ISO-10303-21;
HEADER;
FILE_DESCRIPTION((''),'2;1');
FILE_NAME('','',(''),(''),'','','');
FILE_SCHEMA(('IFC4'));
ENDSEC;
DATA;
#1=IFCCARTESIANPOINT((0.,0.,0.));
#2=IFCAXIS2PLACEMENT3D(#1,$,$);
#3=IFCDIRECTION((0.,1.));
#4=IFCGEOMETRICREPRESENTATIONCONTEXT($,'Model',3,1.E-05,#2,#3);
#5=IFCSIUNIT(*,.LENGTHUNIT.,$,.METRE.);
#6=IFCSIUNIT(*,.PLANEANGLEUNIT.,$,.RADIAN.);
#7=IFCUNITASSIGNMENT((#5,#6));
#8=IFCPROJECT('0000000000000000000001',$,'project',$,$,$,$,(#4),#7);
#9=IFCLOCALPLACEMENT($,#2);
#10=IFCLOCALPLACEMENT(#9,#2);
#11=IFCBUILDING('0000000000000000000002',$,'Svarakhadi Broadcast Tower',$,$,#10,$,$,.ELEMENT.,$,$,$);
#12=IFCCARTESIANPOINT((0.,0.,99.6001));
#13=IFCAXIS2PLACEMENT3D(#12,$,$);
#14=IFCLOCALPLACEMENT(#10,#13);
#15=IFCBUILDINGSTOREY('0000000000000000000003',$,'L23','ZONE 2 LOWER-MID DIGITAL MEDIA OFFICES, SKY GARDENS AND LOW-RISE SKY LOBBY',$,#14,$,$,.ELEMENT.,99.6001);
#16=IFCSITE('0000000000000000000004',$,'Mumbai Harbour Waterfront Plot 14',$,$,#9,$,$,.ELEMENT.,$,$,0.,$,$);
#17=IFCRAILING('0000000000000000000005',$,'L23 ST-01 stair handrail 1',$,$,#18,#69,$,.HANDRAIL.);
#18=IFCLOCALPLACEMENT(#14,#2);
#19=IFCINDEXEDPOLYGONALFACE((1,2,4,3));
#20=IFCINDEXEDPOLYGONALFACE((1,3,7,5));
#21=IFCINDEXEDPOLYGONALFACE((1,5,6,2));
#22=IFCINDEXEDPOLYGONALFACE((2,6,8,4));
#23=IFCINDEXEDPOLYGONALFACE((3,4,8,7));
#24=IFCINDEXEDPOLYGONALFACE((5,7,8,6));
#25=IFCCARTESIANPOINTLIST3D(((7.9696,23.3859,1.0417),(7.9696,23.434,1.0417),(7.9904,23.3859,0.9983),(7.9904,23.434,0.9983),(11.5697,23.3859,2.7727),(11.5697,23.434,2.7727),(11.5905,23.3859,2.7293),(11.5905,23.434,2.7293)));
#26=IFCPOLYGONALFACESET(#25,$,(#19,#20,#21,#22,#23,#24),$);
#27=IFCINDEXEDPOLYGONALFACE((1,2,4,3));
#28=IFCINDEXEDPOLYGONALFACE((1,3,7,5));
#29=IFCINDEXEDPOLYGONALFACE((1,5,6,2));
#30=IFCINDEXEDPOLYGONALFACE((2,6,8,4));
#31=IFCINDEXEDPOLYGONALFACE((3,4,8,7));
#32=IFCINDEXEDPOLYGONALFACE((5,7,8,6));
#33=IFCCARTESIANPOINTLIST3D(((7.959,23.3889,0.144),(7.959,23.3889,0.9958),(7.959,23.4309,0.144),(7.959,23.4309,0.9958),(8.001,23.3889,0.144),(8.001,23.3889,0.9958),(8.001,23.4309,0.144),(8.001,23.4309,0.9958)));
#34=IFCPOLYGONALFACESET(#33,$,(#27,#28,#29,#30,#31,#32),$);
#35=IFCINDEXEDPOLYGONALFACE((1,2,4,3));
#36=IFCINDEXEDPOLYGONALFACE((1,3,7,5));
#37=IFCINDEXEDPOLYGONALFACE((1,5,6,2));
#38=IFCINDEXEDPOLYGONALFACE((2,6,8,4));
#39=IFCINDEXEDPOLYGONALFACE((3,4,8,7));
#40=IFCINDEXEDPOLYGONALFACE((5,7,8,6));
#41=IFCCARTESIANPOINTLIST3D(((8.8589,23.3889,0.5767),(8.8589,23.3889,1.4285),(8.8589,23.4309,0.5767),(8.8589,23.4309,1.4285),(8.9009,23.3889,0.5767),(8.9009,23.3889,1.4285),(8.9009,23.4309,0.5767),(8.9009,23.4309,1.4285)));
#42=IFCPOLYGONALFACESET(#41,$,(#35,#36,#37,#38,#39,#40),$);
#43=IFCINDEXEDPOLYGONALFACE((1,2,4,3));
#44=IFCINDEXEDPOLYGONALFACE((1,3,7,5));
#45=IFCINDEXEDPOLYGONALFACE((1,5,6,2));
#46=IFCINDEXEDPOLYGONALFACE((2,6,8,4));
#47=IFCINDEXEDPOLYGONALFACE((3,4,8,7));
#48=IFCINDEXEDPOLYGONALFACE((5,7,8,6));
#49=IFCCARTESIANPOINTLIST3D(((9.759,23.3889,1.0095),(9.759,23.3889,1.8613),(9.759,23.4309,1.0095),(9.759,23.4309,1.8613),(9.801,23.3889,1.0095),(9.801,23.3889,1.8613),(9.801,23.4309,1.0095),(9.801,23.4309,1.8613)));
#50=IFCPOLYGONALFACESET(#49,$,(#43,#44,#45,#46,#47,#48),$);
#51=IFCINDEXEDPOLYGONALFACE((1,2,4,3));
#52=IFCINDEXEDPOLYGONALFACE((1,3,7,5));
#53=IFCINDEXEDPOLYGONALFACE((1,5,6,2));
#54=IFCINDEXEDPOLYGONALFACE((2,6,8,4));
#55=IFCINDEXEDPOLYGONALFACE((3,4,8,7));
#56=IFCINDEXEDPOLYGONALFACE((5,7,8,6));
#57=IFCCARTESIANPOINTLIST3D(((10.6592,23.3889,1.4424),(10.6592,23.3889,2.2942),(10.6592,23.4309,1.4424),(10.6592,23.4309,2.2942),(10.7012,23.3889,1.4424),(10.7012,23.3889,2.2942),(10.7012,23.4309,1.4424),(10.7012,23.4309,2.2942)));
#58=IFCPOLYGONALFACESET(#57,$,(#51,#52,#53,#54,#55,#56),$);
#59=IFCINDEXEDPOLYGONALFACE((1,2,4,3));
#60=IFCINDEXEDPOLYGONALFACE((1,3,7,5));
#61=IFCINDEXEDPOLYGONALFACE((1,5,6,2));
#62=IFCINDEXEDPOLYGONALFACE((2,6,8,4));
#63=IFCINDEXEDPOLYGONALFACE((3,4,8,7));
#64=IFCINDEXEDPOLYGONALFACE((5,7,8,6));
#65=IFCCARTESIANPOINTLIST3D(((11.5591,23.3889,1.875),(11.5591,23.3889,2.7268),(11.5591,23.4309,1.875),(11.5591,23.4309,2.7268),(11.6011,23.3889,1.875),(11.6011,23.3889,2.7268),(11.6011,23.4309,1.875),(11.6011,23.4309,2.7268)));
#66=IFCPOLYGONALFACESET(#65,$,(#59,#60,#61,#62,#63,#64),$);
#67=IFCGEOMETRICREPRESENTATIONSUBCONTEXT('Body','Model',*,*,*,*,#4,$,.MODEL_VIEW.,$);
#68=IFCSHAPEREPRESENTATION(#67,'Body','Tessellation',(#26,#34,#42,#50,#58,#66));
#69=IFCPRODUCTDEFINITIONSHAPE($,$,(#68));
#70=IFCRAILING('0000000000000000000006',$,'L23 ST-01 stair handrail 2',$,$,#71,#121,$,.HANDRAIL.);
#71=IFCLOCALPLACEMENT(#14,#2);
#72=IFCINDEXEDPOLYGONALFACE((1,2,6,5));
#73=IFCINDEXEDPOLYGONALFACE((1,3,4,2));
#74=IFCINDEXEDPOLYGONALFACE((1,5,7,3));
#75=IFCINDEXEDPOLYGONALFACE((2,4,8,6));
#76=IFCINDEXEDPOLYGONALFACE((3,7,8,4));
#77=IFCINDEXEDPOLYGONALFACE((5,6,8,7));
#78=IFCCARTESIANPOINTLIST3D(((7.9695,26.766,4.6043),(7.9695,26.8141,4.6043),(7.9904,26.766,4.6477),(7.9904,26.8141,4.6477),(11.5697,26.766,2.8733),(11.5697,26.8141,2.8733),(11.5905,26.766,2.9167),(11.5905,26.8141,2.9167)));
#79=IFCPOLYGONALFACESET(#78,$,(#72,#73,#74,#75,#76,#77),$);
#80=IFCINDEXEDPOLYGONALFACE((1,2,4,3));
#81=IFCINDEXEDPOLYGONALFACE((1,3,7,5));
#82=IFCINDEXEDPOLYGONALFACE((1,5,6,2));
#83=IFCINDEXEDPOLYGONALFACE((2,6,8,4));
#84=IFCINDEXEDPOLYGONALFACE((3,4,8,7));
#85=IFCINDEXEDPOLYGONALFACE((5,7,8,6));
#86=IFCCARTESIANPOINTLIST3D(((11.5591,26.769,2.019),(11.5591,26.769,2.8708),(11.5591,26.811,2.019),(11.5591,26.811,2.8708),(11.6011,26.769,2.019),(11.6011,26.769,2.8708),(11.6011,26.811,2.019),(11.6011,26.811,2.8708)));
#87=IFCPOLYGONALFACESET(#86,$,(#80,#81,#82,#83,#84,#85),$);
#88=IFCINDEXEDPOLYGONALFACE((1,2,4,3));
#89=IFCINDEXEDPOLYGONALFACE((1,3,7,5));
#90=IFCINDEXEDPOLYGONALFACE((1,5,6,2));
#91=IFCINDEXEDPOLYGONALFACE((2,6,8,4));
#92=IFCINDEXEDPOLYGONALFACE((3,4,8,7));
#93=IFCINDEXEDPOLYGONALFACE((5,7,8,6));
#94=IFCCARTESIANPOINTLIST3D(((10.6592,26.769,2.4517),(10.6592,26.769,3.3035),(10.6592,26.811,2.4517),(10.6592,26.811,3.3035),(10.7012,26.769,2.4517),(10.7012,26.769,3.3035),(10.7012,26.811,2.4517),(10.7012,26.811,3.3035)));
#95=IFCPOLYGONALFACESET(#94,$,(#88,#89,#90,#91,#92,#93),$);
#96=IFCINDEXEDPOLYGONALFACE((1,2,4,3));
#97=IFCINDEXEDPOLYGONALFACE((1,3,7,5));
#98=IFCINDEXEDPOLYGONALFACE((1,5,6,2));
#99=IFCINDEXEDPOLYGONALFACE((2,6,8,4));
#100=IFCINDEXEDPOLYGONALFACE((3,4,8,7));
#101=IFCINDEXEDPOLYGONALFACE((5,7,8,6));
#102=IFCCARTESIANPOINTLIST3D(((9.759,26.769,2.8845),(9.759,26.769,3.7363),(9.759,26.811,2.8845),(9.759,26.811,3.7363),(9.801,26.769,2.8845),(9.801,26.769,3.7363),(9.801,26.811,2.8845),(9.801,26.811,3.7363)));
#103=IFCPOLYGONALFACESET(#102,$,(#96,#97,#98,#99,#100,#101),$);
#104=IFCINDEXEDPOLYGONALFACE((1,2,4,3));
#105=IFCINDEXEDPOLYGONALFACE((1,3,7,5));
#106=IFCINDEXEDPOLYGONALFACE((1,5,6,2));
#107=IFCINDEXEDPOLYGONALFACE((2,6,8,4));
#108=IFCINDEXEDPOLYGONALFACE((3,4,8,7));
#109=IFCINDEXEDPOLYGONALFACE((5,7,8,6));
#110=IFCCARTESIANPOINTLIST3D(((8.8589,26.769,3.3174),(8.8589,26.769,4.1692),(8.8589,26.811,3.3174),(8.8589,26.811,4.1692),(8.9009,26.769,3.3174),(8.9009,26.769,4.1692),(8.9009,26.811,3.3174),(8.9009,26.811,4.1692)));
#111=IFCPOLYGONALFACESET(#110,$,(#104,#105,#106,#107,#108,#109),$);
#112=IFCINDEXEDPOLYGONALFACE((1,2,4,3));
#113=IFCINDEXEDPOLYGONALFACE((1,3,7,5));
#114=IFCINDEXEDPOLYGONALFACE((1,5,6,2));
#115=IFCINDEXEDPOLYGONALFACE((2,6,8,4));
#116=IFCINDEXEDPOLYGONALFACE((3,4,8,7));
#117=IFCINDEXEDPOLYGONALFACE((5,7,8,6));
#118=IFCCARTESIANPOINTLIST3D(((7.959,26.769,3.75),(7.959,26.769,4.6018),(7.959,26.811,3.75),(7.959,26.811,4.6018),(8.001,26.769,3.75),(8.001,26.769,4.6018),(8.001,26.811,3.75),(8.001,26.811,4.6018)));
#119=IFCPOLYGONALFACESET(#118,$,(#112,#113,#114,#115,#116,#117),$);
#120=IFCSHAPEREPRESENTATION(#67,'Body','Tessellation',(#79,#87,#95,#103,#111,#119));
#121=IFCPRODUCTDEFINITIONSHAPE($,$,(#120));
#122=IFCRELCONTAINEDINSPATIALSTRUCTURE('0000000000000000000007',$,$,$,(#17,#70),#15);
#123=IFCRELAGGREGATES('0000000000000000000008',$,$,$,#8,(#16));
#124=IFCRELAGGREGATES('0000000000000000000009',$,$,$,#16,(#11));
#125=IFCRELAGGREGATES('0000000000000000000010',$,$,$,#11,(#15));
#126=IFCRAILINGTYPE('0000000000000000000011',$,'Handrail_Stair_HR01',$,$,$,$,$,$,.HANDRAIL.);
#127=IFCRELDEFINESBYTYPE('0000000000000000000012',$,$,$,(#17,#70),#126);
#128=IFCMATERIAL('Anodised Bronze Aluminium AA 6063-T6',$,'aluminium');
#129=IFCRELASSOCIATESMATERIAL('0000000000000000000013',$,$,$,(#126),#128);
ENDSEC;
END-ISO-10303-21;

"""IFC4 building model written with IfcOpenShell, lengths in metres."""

from ifc_helpers import new_model, si_unit, direction, frame, origin, origin_2d, place, context, subcontext, project, spatial, rectangle, extrude, material, type_object, element, save


model = new_model("IFC4")

# Units and contexts
model_context = context("Model", 3, precision=1e-05, world=origin(), true_north=direction((0.0, 1.0)))
body_context = subcontext(model_context, "Body", "Model", "MODEL_VIEW")
ifc_project = project(units=[si_unit("LENGTHUNIT", "METRE"), si_unit("PLANEANGLEUNIT", "RADIAN")], contexts=[model_context])

# Site, building, storey
site_placement = place(None, origin())
site = spatial("IfcSite", under=ifc_project, at=site_placement, Name="Mumbai Harbour Waterfront Plot 14", CompositionType="ELEMENT", RefElevation=0.0)
building_placement = place(site_placement, origin())
building = spatial("IfcBuilding", under=site, at=building_placement, Name="Svarakhadi Broadcast Tower", CompositionType="ELEMENT")
storey_placement = place(building_placement, frame((0.0, 0.0, 99.6001)))
storey = spatial("IfcBuildingStorey", under=building, at=storey_placement, Name="L23", Description="ZONE 2 LOWER-MID DIGITAL MEDIA OFFICES, SKY GARDENS AND LOW-RISE SKY LOBBY", CompositionType="ELEMENT", Elevation=99.6001)

# Railings
ifc_material_1 = material(Name="Anodised Bronze Aluminium AA 6063-T6", Category="aluminium")
railing_type_1 = type_object("IfcRailingType", Name="Handrail_Stair_HR01", PredefinedType="HANDRAIL", material=ifc_material_1)
railing_1_placement = place(storey_placement, frame((7.98, 23.4099, 0.144)))
element("IfcRailing", 1, at=railing_1_placement, inside=storey, type_object=railing_type_1, Name="L23 ST-01 stair handrail 1", PredefinedType="HANDRAIL", context=body_context, shape_type="SweptSolid", body=[
    extrude(rectangle(XDim=0.0481, YDim=0.0481, at=origin_2d()), frame((0.0, 0.0, 0.876), z_axis=(0.901239, 0.0, 0.433323), x_axis=(0.0, 1.0, 0.0)), (0.0, 0.0, 1.0), 3.9946),
    extrude(rectangle(XDim=0.042, YDim=0.042, at=origin_2d()), origin(), (0.0, 0.0, 1.0), 0.8518),
    extrude(rectangle(XDim=0.042, YDim=0.042, at=origin_2d()), frame((0.8999, 0.0, 0.4326)), (0.0, 0.0, 1.0), 0.8518),
    extrude(rectangle(XDim=0.042, YDim=0.042, at=origin_2d()), frame((1.8, 0.0, 0.8655)), (0.0, 0.0, 1.0), 0.8518),
    extrude(rectangle(XDim=0.042, YDim=0.042, at=origin_2d()), frame((2.7002, 0.0, 1.2983)), (0.0, 0.0, 1.0), 0.8518),
    extrude(rectangle(XDim=0.042, YDim=0.042, at=origin_2d()), frame((3.6001, 0.0, 1.731)), (0.0, 0.0, 1.0), 0.8518),
])
railing_2_placement = place(storey_placement, frame((11.5801, 26.79, 2.019)))
element("IfcRailing", 2, at=railing_2_placement, inside=storey, type_object=railing_type_1, Name="L23 ST-01 stair handrail 2", PredefinedType="HANDRAIL", context=body_context, shape_type="SweptSolid", body=[
    extrude(rectangle(XDim=0.0481, YDim=0.0481, at=origin_2d()), frame((0.0, 0.0, 0.876), z_axis=(-0.901239, 0.0, 0.433323), x_axis=(0.0, -1.0, 0.0)), (0.0, 0.0, 1.0), 3.9946),
    extrude(rectangle(XDim=0.042, YDim=0.042, at=origin_2d()), origin(), (0.0, 0.0, 1.0), 0.8518),
    extrude(rectangle(XDim=0.042, YDim=0.042, at=origin_2d()), frame((-0.8999, 0.0, 0.4326)), (0.0, 0.0, 1.0), 0.8518),
    extrude(rectangle(XDim=0.042, YDim=0.042, at=origin_2d()), frame((-1.8, 0.0, 0.8655)), (0.0, 0.0, 1.0), 0.8518),
    extrude(rectangle(XDim=0.042, YDim=0.042, at=origin_2d()), frame((-2.7002, 0.0, 1.2983)), (0.0, 0.0, 1.0), 0.8518),
    extrude(rectangle(XDim=0.042, YDim=0.042, at=origin_2d()), frame((-3.6001, 0.0, 1.731)), (0.0, 0.0, 1.0), 0.8518),
])

save(model, "model.ifc")
